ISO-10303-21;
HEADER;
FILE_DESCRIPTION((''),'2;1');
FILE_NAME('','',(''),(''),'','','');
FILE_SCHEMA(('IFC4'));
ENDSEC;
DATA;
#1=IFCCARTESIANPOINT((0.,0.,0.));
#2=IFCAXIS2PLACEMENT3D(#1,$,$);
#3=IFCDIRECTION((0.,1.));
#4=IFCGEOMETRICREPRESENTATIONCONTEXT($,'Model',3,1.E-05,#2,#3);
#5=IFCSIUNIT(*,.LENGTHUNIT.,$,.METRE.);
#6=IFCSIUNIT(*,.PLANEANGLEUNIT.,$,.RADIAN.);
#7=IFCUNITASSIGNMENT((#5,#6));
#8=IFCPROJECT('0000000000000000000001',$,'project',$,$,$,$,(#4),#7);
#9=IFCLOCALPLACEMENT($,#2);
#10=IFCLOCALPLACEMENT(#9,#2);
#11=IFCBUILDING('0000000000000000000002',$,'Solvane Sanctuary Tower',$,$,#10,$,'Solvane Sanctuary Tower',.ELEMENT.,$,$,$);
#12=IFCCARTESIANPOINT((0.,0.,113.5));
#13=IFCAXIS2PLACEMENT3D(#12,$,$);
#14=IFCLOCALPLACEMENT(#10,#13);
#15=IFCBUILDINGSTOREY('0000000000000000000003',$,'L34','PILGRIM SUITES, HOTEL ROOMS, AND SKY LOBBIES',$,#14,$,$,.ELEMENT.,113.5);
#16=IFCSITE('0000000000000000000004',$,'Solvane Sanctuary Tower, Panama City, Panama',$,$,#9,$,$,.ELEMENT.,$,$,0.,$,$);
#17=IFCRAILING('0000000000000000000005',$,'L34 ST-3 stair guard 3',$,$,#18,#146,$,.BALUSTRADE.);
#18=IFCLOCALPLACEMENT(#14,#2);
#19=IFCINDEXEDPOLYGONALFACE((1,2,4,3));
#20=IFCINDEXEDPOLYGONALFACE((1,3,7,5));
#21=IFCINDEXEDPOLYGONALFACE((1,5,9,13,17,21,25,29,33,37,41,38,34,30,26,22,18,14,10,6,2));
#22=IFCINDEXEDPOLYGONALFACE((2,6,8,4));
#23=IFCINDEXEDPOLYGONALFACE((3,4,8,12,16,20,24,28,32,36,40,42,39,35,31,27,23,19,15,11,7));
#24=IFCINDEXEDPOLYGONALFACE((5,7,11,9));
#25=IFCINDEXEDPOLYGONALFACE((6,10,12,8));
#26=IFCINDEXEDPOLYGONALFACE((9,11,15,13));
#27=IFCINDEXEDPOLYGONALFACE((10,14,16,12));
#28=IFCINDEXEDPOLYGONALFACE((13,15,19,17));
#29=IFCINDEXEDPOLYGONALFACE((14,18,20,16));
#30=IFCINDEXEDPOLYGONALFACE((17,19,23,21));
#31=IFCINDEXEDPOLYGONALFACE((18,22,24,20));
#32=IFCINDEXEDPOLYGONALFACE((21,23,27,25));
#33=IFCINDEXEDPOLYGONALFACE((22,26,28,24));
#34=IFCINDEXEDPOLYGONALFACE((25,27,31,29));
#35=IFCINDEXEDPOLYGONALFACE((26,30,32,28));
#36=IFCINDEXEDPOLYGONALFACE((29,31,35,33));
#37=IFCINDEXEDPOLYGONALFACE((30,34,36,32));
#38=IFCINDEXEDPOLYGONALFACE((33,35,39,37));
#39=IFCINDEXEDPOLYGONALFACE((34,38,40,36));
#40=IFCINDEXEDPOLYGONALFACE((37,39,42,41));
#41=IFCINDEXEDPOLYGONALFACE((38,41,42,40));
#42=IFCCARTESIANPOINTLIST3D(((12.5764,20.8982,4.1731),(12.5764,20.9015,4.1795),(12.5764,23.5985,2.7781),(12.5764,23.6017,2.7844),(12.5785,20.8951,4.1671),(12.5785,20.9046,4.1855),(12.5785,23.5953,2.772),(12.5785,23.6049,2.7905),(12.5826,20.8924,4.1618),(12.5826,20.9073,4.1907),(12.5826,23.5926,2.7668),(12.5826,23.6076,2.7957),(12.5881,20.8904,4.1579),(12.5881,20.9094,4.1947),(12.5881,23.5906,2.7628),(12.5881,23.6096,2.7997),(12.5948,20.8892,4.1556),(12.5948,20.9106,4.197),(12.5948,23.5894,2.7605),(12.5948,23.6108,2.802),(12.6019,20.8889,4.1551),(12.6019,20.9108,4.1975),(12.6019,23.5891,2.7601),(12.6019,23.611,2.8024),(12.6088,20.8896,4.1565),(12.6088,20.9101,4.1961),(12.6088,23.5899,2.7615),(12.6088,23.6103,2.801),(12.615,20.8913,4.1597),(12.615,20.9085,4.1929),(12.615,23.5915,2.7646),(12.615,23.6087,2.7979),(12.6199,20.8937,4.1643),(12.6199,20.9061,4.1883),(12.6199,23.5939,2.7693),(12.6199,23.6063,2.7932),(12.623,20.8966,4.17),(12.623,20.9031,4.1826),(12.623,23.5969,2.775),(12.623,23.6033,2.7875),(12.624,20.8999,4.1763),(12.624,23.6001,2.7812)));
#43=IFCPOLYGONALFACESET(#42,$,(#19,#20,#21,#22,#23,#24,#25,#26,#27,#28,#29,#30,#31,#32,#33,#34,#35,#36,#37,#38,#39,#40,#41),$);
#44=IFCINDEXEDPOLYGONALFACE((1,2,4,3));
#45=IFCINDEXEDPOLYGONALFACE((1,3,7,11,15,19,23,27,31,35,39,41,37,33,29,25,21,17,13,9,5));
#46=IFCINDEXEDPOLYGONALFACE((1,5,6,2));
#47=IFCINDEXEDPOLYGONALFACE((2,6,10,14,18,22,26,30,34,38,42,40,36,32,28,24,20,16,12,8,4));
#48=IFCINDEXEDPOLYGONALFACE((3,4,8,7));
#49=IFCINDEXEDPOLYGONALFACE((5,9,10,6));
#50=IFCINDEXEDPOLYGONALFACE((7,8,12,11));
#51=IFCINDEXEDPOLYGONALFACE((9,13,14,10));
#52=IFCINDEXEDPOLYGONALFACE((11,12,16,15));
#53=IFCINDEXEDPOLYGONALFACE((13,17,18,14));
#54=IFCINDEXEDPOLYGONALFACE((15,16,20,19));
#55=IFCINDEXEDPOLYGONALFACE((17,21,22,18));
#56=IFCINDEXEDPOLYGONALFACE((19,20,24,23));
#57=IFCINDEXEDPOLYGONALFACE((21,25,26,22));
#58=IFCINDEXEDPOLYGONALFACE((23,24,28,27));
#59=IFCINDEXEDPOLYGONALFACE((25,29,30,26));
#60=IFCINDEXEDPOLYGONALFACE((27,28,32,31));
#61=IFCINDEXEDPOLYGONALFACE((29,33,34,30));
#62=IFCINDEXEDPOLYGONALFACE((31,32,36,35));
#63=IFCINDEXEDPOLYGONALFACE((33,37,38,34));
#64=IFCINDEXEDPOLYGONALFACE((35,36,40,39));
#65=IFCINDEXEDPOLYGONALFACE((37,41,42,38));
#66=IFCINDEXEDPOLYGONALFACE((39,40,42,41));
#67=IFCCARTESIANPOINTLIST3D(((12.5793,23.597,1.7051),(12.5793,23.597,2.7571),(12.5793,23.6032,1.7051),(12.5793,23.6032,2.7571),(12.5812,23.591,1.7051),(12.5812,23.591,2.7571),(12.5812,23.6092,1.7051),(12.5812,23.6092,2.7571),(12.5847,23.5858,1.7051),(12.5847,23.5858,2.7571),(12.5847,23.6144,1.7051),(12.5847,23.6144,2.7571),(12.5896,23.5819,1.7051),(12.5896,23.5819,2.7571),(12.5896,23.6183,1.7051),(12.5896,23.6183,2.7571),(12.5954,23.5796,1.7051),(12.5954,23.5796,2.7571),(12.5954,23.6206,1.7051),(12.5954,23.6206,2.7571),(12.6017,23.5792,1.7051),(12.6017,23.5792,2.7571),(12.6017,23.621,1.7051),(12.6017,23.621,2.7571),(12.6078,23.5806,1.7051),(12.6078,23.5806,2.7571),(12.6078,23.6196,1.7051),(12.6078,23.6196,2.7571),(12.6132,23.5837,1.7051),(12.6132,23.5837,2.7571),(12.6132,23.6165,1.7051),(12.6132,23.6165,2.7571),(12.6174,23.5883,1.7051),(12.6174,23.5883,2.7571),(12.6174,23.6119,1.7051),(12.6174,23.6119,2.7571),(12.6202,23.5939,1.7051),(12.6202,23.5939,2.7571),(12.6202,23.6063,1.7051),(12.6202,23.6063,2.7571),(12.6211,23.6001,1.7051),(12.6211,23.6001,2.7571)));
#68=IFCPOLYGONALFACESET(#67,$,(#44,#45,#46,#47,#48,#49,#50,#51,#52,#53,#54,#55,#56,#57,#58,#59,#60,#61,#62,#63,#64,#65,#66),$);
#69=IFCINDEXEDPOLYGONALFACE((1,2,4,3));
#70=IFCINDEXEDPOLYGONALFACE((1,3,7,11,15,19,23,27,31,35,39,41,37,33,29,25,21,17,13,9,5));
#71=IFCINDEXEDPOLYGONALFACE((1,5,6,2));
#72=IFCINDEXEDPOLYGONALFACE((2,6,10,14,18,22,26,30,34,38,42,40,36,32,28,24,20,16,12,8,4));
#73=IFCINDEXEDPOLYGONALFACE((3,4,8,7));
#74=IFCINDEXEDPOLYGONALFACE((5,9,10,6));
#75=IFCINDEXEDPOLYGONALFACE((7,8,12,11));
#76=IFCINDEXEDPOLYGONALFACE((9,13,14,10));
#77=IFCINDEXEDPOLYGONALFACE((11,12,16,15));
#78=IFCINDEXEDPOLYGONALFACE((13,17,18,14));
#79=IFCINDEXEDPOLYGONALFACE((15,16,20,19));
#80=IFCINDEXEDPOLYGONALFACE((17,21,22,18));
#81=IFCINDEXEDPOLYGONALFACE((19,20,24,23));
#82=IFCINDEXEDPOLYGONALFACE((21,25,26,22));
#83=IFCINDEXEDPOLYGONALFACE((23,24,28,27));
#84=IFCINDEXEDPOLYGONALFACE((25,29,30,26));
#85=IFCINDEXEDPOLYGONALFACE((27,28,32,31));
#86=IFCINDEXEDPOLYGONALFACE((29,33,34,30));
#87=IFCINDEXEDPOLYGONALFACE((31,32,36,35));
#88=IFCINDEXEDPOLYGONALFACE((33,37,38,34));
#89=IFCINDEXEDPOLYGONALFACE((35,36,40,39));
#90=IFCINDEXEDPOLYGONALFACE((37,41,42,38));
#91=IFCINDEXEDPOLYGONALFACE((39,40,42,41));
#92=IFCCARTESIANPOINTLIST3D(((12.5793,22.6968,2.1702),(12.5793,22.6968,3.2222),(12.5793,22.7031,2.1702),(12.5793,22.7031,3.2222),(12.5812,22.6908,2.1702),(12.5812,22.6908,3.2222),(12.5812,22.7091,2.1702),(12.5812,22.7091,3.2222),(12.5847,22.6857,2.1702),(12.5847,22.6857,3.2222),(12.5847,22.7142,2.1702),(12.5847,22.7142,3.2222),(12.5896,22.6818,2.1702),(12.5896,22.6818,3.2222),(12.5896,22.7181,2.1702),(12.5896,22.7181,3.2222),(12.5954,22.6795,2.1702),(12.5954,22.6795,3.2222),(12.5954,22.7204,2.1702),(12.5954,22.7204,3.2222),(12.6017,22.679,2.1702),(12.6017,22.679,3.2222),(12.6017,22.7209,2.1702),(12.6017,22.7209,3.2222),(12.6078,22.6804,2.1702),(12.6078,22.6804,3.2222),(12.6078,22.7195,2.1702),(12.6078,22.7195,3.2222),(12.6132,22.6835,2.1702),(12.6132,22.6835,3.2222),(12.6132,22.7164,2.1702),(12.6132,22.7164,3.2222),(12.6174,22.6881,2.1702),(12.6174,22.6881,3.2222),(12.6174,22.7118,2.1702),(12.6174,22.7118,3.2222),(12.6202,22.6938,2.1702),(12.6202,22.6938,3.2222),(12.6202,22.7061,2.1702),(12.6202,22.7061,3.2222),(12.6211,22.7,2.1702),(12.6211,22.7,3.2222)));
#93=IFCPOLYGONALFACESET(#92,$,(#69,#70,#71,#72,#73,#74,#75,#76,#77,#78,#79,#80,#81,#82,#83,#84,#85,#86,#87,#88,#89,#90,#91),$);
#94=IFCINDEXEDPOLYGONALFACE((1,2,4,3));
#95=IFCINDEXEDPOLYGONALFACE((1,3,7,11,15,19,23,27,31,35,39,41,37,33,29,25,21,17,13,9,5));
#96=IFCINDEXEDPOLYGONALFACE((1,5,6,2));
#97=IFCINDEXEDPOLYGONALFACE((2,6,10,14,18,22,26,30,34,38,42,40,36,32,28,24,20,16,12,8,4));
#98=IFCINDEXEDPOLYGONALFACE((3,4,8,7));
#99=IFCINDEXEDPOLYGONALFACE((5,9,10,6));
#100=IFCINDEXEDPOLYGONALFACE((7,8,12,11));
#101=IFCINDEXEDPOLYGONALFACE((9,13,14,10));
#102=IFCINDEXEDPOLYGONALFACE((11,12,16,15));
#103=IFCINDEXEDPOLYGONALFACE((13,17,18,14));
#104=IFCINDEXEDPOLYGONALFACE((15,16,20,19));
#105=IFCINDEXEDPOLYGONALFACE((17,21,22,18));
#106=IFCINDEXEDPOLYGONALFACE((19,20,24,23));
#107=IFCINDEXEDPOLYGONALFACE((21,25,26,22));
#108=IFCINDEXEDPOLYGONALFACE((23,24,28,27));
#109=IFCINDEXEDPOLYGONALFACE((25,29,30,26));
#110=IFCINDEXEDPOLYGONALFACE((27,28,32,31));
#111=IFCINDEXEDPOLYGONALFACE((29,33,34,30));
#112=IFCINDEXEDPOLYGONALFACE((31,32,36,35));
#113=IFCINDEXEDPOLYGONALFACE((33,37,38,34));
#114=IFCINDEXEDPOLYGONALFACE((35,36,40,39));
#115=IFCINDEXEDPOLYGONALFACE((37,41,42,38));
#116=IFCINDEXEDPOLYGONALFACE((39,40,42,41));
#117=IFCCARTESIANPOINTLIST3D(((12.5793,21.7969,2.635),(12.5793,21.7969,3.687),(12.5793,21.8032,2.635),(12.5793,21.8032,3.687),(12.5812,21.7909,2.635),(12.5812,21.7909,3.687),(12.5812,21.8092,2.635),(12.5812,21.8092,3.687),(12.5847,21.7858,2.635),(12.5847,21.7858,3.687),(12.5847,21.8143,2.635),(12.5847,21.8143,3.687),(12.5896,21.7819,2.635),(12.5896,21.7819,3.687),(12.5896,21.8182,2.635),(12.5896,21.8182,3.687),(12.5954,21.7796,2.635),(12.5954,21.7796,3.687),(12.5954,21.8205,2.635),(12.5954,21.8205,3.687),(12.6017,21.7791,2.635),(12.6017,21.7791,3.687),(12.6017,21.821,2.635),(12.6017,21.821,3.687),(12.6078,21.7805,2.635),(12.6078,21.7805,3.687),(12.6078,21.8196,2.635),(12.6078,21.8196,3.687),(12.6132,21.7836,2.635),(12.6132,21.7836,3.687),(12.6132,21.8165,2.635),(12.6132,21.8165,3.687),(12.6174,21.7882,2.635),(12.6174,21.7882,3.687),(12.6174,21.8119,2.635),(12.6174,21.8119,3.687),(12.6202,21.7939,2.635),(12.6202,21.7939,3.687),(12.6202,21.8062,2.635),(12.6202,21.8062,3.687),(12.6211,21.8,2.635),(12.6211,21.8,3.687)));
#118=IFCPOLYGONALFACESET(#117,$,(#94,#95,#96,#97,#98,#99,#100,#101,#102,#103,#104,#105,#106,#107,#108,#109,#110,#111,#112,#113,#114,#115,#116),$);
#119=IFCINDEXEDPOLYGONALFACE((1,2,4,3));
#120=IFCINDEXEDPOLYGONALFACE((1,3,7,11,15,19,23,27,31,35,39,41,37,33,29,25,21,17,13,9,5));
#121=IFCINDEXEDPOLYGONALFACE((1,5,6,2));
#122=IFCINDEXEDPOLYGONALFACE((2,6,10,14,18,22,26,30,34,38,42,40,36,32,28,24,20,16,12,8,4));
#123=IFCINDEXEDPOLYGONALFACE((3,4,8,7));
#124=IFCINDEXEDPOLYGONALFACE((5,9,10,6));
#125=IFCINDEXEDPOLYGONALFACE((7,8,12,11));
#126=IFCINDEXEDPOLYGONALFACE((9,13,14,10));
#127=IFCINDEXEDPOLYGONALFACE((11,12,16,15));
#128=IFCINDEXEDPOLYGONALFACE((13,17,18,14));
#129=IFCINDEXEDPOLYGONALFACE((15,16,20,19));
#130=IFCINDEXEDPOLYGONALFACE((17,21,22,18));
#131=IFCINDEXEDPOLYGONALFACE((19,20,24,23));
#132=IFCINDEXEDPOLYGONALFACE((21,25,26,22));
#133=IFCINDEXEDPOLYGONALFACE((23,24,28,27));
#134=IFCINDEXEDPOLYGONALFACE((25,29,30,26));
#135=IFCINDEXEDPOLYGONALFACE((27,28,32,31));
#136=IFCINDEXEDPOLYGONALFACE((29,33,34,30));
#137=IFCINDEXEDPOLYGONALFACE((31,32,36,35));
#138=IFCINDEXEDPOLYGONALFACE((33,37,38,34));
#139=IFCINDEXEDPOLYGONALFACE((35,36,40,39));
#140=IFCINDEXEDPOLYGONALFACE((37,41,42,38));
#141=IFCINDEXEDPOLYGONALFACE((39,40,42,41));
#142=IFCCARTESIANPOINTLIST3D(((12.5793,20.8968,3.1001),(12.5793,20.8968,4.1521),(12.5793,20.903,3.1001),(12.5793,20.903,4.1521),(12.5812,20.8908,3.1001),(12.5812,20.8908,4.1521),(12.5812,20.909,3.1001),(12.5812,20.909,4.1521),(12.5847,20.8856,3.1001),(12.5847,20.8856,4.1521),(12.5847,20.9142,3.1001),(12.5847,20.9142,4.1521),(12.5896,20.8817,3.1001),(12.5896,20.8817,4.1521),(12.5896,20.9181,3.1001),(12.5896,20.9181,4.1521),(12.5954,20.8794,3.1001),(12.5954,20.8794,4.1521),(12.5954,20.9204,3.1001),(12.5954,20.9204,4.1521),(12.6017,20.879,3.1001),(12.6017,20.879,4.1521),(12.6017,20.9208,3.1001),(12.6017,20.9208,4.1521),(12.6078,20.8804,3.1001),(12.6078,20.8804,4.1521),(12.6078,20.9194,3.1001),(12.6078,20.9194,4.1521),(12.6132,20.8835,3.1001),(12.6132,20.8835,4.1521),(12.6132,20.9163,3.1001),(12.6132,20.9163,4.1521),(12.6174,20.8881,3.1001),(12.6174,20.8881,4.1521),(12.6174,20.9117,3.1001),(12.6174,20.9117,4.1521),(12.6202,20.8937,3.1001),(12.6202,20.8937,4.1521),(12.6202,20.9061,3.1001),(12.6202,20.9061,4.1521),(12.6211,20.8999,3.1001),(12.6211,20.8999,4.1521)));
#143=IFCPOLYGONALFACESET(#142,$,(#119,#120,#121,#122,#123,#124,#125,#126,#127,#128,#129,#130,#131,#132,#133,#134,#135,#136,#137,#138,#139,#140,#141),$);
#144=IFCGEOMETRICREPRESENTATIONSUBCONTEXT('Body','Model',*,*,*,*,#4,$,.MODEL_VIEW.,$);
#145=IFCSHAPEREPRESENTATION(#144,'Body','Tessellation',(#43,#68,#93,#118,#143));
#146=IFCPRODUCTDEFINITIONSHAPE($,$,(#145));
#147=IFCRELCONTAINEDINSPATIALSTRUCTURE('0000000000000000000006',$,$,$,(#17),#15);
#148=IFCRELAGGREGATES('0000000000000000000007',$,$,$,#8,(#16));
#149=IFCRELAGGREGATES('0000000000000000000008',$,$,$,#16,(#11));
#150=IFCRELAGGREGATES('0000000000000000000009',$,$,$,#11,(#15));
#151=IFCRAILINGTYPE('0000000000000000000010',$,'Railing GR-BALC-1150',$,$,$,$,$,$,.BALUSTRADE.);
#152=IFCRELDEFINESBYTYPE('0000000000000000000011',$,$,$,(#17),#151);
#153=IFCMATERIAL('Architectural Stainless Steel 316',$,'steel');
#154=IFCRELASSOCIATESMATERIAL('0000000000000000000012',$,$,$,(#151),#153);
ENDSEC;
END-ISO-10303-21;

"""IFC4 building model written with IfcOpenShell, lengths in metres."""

from ifc_helpers import new_model, si_unit, direction, frame, origin, origin_2d, place, context, subcontext, project, spatial, circle, extrude, material, type_object, element, save


model = new_model("IFC4")

# Units and contexts
model_context = context("Model", 3, precision=1e-05, world=origin(), true_north=direction((0.0, 1.0)))
body_context = subcontext(model_context, "Body", "Model", "MODEL_VIEW")
ifc_project = project(units=[si_unit("LENGTHUNIT", "METRE"), si_unit("PLANEANGLEUNIT", "RADIAN")], contexts=[model_context])

# Site, building, storey
site_placement = place(None, origin())
site = spatial("IfcSite", under=ifc_project, at=site_placement, Name="Solvane Sanctuary Tower, Panama City, Panama", CompositionType="ELEMENT", RefElevation=0.0)
building_placement = place(site_placement, origin())
building = spatial("IfcBuilding", under=site, at=building_placement, Name="Solvane Sanctuary Tower", LongName="Solvane Sanctuary Tower", CompositionType="ELEMENT")
storey_placement = place(building_placement, frame((0.0, 0.0, 113.5)))
storey = spatial("IfcBuildingStorey", under=building, at=storey_placement, Name="L34", Description="PILGRIM SUITES, HOTEL ROOMS, AND SKY LOBBIES", CompositionType="ELEMENT", Elevation=113.5)

# Shared definitions
ifc_material_1 = material(Name="Architectural Stainless Steel 316", Category="steel")

# Railing
railing_type_1 = type_object("IfcRailingType", Name="Railing GR-BALC-1150", PredefinedType="BALUSTRADE", material=ifc_material_1)
railing_1_placement = place(storey_placement, frame((12.6001, 23.6001, 1.7051)))
element("IfcRailing", 1, at=railing_1_placement, inside=storey, type_object=railing_type_1, Name="L34 ST-3 stair guard 3", PredefinedType="BALUSTRADE", context=body_context, shape_type="SweptSolid", body=[
    extrude(circle(Radius=0.0239, at=origin_2d()), frame((0.0, 0.0, 1.0762), z_axis=(0.0, -0.888437, 0.458999), x_axis=(1.0, 0.0, 0.0)), (0.0, 0.0, 1.0), 3.0393),
    extrude(circle(Radius=0.021, at=origin_2d()), origin(), (0.0, 0.0, 1.0), 1.052),
    extrude(circle(Radius=0.021, at=origin_2d()), frame((0.0, -0.9001, 0.4651)), (0.0, 0.0, 1.0), 1.052),
    extrude(circle(Radius=0.021, at=origin_2d()), frame((0.0, -1.8, 0.9299)), (0.0, 0.0, 1.0), 1.052),
    extrude(circle(Radius=0.021, at=origin_2d()), frame((0.0, -2.7002, 1.395)), (0.0, 0.0, 1.0), 1.052),
])

save(model, "model.ifc")
